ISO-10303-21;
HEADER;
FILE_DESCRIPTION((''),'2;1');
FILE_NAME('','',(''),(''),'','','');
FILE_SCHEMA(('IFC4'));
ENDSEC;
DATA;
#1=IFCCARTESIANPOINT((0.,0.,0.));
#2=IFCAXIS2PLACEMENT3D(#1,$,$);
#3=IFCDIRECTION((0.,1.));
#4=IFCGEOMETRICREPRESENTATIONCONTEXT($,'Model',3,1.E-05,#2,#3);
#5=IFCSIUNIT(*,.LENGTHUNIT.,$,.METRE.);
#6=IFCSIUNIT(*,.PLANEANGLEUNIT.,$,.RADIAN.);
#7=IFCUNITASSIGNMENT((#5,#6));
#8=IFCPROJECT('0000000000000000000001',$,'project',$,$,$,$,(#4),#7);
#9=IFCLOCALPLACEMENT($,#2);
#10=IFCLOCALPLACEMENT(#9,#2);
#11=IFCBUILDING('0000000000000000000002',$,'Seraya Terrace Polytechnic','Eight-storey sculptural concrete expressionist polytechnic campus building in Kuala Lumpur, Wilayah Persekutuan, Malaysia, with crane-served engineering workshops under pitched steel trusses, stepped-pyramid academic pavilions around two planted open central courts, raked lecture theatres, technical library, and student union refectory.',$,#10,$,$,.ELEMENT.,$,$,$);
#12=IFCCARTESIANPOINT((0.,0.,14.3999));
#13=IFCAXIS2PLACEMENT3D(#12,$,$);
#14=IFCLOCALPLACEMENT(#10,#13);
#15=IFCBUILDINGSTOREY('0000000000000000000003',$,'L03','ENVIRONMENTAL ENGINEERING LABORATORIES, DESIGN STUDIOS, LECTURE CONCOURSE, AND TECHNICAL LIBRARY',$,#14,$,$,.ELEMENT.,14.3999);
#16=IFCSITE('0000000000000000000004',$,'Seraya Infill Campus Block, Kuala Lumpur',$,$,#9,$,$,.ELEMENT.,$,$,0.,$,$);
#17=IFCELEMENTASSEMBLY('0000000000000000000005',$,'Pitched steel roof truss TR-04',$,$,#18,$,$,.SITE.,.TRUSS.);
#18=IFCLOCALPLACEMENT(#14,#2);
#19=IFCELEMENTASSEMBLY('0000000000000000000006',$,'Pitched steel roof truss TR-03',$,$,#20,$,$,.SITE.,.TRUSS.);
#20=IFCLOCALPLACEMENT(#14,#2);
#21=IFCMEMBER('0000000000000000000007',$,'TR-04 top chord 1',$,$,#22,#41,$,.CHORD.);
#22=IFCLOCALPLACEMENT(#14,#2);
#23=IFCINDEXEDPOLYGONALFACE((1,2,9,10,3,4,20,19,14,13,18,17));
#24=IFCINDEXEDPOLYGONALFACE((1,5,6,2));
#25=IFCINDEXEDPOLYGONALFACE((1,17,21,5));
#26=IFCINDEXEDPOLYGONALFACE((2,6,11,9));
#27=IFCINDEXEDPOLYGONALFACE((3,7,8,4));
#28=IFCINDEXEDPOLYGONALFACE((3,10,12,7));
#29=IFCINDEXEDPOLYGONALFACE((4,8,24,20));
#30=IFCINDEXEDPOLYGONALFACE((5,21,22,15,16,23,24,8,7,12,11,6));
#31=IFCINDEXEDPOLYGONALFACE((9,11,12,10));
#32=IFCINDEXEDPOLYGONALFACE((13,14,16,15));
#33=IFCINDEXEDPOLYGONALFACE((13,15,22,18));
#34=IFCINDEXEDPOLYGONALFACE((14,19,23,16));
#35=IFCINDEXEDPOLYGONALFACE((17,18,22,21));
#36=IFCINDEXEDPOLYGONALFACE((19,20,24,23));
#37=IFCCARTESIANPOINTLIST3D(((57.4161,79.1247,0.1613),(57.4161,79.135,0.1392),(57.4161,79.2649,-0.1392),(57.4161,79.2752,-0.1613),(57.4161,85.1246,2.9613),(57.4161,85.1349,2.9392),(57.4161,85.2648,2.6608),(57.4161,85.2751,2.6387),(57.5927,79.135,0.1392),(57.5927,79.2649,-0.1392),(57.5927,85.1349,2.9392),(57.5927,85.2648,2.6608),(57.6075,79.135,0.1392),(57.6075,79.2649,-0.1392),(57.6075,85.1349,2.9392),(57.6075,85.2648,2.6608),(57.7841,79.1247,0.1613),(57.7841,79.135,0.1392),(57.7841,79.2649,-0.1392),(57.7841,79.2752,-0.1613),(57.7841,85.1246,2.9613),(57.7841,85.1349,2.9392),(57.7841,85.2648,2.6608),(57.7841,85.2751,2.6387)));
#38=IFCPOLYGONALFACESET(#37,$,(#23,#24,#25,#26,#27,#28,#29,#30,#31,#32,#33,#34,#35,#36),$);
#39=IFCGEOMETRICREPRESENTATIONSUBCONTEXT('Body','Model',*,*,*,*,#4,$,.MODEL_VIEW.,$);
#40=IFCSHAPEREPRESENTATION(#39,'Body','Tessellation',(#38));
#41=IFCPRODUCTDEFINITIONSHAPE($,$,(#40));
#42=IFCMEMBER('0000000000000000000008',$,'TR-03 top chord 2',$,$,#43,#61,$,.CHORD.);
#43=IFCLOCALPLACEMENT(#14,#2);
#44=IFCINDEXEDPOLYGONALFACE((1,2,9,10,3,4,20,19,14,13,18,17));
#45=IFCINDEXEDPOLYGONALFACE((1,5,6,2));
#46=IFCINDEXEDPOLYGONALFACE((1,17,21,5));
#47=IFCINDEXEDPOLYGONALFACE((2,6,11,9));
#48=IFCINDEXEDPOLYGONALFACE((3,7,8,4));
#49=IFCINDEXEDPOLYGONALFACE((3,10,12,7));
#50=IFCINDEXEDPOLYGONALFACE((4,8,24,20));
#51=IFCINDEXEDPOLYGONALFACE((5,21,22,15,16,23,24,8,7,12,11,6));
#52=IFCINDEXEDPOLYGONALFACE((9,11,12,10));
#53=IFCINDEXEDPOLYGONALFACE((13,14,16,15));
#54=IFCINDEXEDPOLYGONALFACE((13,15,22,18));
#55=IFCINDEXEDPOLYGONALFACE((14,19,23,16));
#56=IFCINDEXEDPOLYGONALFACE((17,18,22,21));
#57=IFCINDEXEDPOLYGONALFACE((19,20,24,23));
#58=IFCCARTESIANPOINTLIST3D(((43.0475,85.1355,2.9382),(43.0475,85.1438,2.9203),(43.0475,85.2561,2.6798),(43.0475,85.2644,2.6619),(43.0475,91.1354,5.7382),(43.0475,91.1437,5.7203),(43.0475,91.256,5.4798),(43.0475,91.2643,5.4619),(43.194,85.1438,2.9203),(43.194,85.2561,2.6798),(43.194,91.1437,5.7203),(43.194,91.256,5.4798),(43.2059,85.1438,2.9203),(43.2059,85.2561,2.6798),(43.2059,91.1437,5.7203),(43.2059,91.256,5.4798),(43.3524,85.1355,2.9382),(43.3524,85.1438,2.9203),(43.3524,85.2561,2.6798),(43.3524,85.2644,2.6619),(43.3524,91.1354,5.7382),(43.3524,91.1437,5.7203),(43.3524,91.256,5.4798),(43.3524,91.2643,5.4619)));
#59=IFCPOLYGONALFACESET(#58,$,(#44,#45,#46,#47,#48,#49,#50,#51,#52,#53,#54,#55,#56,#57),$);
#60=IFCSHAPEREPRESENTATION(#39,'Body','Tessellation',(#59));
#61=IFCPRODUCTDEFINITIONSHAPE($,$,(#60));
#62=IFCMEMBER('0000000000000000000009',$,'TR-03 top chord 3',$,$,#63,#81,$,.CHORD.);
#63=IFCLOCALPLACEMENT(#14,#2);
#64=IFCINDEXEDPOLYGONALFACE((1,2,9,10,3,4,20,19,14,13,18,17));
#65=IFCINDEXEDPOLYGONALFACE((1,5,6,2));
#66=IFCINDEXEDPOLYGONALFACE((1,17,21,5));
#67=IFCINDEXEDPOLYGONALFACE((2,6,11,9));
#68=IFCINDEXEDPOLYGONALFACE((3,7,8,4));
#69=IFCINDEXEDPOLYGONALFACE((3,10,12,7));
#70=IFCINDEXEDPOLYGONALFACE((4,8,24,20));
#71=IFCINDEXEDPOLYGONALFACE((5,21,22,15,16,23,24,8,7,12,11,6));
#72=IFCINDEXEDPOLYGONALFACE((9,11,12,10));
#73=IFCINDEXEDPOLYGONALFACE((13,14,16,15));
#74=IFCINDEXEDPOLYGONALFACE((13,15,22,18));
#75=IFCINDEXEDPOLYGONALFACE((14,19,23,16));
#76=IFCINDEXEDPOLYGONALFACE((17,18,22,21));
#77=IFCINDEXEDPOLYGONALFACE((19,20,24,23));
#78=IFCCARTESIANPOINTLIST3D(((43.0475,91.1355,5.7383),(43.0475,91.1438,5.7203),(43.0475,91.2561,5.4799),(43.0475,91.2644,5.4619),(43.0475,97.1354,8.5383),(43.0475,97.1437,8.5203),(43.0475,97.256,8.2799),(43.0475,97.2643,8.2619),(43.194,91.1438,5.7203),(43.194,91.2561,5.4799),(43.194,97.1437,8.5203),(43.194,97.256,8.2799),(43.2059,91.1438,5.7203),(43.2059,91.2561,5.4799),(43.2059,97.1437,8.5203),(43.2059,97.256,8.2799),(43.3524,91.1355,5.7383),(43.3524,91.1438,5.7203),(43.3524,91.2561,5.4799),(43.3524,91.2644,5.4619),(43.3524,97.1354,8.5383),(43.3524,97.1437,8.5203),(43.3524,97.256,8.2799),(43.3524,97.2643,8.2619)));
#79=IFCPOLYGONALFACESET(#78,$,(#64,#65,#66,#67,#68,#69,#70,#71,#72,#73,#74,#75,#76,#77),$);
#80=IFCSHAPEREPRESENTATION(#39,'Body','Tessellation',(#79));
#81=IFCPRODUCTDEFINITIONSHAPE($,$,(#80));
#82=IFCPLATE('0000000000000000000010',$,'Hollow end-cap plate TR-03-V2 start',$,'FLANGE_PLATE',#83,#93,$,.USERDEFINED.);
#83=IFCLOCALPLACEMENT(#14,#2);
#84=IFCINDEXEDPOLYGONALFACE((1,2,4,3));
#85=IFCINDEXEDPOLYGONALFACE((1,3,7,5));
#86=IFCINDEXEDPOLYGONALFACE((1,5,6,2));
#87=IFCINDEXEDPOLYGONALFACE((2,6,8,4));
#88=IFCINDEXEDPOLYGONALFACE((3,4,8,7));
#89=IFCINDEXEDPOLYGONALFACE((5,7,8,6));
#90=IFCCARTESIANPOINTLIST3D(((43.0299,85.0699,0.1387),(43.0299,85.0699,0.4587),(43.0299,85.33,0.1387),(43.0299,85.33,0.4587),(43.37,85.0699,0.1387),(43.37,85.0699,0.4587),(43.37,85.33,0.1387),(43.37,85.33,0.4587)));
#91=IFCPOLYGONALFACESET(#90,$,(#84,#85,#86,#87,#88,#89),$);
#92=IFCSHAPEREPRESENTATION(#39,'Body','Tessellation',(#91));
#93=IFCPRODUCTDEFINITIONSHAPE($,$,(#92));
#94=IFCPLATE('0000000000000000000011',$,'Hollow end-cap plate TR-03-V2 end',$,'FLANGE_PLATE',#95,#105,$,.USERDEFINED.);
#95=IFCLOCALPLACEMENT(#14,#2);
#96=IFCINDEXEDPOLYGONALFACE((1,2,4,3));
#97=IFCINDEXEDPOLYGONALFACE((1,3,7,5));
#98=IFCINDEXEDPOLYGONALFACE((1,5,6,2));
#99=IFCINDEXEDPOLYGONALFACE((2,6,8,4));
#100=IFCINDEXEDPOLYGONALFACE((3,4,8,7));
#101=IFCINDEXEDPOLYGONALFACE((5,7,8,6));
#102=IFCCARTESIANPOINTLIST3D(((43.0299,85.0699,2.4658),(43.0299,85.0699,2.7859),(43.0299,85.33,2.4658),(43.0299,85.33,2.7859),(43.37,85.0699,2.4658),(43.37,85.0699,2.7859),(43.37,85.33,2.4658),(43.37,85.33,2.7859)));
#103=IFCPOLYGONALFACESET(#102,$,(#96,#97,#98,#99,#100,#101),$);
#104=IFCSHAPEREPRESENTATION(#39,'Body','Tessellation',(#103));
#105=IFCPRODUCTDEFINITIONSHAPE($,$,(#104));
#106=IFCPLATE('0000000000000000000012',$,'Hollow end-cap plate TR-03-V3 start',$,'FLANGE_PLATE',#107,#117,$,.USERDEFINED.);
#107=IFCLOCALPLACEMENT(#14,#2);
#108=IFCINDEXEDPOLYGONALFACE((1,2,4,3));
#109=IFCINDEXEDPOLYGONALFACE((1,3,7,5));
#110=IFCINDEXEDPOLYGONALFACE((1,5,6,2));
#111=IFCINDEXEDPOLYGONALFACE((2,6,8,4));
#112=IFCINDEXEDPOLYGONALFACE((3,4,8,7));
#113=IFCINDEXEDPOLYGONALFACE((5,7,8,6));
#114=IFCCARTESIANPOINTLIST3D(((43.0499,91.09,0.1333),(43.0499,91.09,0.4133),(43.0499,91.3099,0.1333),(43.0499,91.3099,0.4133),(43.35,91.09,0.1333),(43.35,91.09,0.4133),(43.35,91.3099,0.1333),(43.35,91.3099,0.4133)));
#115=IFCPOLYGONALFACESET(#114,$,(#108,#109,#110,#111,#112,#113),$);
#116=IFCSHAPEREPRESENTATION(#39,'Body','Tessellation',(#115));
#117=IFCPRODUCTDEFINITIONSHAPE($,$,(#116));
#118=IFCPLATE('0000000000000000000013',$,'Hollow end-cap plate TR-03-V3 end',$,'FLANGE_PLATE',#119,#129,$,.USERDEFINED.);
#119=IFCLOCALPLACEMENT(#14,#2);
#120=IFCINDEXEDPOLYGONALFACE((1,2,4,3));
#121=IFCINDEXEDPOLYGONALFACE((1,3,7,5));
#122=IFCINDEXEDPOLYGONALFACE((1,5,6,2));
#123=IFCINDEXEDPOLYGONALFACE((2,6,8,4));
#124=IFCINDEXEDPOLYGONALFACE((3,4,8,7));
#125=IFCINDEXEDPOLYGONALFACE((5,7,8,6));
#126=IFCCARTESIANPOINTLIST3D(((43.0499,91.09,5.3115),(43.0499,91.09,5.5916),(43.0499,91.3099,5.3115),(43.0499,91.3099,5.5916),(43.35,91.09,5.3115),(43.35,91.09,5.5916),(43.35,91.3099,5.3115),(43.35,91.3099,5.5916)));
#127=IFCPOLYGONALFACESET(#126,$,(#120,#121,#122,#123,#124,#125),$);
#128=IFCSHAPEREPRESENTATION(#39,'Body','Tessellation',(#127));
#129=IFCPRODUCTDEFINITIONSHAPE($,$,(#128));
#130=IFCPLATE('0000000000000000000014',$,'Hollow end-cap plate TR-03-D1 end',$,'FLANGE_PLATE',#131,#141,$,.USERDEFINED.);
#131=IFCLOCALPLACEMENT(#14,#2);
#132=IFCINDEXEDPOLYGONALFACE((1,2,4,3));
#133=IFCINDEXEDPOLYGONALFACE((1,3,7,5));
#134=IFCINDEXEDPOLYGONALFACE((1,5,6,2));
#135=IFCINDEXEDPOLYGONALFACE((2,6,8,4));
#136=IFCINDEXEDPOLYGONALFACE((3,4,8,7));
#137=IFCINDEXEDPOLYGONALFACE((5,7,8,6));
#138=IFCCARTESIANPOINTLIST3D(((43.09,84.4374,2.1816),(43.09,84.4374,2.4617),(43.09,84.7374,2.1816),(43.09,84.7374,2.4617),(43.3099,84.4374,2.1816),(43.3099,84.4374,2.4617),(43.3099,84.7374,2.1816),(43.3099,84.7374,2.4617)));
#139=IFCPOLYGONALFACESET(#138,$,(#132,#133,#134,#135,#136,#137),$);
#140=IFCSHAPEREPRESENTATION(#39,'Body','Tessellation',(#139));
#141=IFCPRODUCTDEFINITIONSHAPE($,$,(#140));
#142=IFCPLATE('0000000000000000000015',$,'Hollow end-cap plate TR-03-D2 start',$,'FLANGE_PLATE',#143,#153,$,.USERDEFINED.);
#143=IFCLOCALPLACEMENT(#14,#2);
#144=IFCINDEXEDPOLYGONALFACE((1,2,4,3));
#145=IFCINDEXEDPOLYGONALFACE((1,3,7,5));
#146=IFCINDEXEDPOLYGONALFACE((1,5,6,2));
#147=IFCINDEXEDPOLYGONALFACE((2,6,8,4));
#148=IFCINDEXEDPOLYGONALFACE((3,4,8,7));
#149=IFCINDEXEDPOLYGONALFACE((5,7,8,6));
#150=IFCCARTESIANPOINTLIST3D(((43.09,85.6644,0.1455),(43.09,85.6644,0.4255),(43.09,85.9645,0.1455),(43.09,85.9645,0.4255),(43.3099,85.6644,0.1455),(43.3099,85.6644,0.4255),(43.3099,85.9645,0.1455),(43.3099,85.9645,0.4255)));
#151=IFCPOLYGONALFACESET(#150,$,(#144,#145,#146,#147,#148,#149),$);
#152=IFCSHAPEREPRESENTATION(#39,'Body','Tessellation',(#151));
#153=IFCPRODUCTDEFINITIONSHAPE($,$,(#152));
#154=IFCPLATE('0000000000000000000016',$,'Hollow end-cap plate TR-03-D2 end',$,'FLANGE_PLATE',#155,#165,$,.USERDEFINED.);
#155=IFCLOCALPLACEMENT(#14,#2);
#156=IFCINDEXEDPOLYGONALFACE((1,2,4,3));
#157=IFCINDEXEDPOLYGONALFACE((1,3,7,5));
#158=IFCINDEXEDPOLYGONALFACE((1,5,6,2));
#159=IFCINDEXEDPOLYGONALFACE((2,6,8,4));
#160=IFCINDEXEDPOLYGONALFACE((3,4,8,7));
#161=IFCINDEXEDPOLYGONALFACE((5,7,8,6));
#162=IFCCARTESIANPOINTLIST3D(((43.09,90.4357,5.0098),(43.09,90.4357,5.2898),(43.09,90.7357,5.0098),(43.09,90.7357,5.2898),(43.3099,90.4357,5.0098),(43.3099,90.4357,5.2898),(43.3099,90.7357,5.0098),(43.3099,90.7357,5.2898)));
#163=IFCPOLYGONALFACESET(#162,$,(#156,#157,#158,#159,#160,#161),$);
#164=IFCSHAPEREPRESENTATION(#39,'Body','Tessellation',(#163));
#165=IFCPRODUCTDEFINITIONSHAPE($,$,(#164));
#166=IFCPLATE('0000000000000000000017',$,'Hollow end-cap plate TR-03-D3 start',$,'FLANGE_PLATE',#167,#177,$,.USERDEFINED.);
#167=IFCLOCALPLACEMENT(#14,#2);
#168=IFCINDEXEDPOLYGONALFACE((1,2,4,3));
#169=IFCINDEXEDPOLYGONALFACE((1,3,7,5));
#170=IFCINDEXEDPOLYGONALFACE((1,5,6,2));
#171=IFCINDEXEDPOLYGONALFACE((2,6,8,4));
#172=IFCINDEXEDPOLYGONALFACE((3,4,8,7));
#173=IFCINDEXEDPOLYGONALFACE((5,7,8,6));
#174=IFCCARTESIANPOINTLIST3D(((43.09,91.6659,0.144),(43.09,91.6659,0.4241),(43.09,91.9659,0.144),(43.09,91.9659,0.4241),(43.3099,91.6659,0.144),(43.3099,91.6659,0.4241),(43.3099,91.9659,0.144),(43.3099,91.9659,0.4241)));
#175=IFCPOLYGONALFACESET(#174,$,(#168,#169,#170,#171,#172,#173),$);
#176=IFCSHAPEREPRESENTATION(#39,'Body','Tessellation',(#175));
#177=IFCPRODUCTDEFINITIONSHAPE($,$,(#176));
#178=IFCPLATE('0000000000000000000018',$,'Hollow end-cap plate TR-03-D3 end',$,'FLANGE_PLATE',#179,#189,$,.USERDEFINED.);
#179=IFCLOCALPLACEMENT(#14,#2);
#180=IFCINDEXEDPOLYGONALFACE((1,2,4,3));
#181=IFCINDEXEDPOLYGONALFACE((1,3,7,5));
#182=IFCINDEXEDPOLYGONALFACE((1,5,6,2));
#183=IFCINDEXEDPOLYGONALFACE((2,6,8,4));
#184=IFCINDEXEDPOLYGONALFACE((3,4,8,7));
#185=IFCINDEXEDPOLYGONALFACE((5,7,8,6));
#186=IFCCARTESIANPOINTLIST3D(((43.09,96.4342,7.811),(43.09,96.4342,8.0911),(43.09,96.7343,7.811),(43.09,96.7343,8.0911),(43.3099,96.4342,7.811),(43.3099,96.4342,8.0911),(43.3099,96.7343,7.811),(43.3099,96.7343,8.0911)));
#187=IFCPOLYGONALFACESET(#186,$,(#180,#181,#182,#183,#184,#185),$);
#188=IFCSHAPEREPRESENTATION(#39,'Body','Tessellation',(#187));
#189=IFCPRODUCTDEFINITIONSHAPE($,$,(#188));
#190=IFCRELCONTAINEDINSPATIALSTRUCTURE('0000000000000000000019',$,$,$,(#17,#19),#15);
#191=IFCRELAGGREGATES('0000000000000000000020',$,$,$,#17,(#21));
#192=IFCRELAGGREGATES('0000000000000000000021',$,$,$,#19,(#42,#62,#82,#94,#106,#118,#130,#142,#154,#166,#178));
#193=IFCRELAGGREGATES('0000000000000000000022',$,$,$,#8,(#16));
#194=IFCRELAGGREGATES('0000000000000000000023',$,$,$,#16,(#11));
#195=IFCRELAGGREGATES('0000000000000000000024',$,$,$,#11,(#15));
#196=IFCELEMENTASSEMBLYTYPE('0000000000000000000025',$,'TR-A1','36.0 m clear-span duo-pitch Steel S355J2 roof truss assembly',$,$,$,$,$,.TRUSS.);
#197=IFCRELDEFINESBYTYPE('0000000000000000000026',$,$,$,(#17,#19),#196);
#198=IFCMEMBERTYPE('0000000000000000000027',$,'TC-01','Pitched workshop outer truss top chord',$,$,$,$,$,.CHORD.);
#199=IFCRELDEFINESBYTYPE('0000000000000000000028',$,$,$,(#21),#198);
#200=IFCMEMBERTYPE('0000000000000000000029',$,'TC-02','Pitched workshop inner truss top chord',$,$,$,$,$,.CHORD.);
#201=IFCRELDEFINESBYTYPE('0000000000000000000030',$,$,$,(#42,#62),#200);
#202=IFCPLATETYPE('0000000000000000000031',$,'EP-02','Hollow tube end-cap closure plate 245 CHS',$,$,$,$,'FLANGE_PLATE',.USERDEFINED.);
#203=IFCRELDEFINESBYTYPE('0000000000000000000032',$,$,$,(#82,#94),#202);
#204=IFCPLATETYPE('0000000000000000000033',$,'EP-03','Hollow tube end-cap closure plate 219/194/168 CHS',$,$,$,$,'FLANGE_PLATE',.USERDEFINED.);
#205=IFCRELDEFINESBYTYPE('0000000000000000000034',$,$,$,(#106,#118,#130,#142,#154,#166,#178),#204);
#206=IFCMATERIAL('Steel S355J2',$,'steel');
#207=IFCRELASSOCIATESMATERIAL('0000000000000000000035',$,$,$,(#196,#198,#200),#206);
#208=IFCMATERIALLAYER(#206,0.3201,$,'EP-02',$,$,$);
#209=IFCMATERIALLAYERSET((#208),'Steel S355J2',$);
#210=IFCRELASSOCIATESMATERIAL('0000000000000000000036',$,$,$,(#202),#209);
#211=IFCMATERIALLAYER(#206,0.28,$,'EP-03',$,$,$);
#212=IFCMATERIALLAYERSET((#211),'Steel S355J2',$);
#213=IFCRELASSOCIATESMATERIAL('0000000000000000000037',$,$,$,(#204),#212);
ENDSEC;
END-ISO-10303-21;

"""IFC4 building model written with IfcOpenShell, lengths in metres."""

from ifc_helpers import new_model, si_unit, direction, frame, origin, origin_2d, place, context, subcontext, project, spatial, rectangle, i_section, extrude, material, layer, layer_set, material_profile, profile_set, type_object, element, aggregate, save


model = new_model("IFC4")

# Units and contexts
model_context = context("Model", 3, precision=1e-05, world=origin(), true_north=direction((0.0, 1.0)))
body_context = subcontext(model_context, "Body", "Model", "MODEL_VIEW")
ifc_project = project(units=[si_unit("LENGTHUNIT", "METRE"), si_unit("PLANEANGLEUNIT", "RADIAN")], contexts=[model_context])

# Site, building, storey
site_placement = place(None, origin())
site = spatial("IfcSite", under=ifc_project, at=site_placement, Name="Seraya Infill Campus Block, Kuala Lumpur", CompositionType="ELEMENT", RefElevation=0.0)
building_placement = place(site_placement, origin())
building = spatial("IfcBuilding", under=site, at=building_placement, Name="Seraya Terrace Polytechnic", Description="Eight-storey sculptural concrete expressionist polytechnic campus building in Kuala Lumpur, Wilayah Persekutuan, Malaysia, with crane-served engineering workshops under pitched steel trusses, stepped-pyramid academic pavilions around two planted open central courts, raked lecture theatres, technical library, and student union refectory.", CompositionType="ELEMENT")
storey_placement = place(building_placement, frame((0.0, 0.0, 14.3999)))
storey = spatial("IfcBuildingStorey", under=building, at=storey_placement, Name="L03", Description="ENVIRONMENTAL ENGINEERING LABORATORIES, DESIGN STUDIOS, LECTURE CONCOURSE, AND TECHNICAL LIBRARY", CompositionType="ELEMENT", Elevation=14.3999)

# Element assembly
ifc_material_1 = material(Name="Steel S355J2", Category="steel")
element_assembly_type = type_object("IfcElementAssemblyType", Name="TR-A1", Description="36.0 m clear-span duo-pitch Steel S355J2 roof truss assembly", PredefinedType="TRUSS", material=ifc_material_1)
assembly_1_placement = place(storey_placement, origin())
assembly_1 = element("IfcElementAssembly", 1, at=assembly_1_placement, inside=storey, type_object=element_assembly_type, Name="Pitched steel roof truss TR-04", AssemblyPlace="SITE", PredefinedType="TRUSS")

# Element assembly
assembly_2_placement = place(storey_placement, origin())
assembly_2 = element("IfcElementAssembly", 2, at=assembly_2_placement, inside=storey, type_object=element_assembly_type, Name="Pitched steel roof truss TR-03", AssemblyPlace="SITE", PredefinedType="TRUSS")

# Members
ifc_material_profile_1 = material_profile(ifc_material_1, i_section(OverallWidth=0.3679, OverallDepth=0.356, WebThickness=0.0149, FlangeThickness=0.0244, at=origin_2d()), Name="UKC 356x368x15.0x24.4")
ifc_profile_set_1 = profile_set([ifc_material_profile_1], Name="Steel S355J2")
member_type_1 = type_object("IfcMemberType", Name="TC-01", Description="Pitched workshop outer truss top chord", PredefinedType="CHORD", material=ifc_profile_set_1)
member_1_placement = place(storey_placement, frame((57.6001, 79.2, 0.0), z_axis=(0.0, 0.90618, 0.422892), x_axis=(-1.0, 0.0, 0.0)))
member_1 = element("IfcMember", 3, at=member_1_placement, type_object=member_type_1, Name="TR-04 top chord 1", PredefinedType="CHORD", context=body_context, shape_type="SweptSolid", body=[
    extrude(i_section(OverallWidth=0.3679, OverallDepth=0.356, WebThickness=0.0149, FlangeThickness=0.0244, at=origin_2d()), origin(), (0.0, 0.0, 1.0), 6.6211),
])
ifc_material_profile_2 = material_profile(ifc_material_1, i_section(OverallWidth=0.3049, OverallDepth=0.3049, WebThickness=0.012, FlangeThickness=0.0198, at=origin_2d()), Name="UKC 305x305x12.0x19.7")
ifc_profile_set_2 = profile_set([ifc_material_profile_2], Name="Steel S355J2")
member_type_2 = type_object("IfcMemberType", Name="TC-02", Description="Pitched workshop inner truss top chord", PredefinedType="CHORD", material=ifc_profile_set_2)
member_2_placement = place(storey_placement, frame((43.2, 85.2, 2.8), z_axis=(0.0, 0.90618, 0.422892), x_axis=(-1.0, 0.0, 0.0)))
member_2 = element("IfcMember", 4, at=member_2_placement, type_object=member_type_2, Name="TR-03 top chord 2", PredefinedType="CHORD", context=body_context, shape_type="SweptSolid", body=[
    extrude(i_section(OverallWidth=0.3049, OverallDepth=0.3049, WebThickness=0.012, FlangeThickness=0.0198, at=origin_2d()), origin(), (0.0, 0.0, 1.0), 6.6211),
])
member_3_placement = place(storey_placement, frame((43.2, 91.2, 5.6001), z_axis=(0.0, 0.90618, 0.422892), x_axis=(-1.0, 0.0, 0.0)))
member_3 = element("IfcMember", 5, at=member_3_placement, type_object=member_type_2, Name="TR-03 top chord 3", PredefinedType="CHORD", context=body_context, shape_type="SweptSolid", body=[
    extrude(i_section(OverallWidth=0.3049, OverallDepth=0.3049, WebThickness=0.012, FlangeThickness=0.0198, at=origin_2d()), origin(), (0.0, 0.0, 1.0), 6.6211),
])

# Plates
ifc_layer_1 = layer(ifc_material_1, 0.3201, Name="EP-02")
ifc_layer_set_1 = layer_set([ifc_layer_1], Name="Steel S355J2")
plate_type_1 = type_object("IfcPlateType", Name="EP-02", Description="Hollow tube end-cap closure plate 245 CHS", ElementType="FLANGE_PLATE", PredefinedType="USERDEFINED", material=ifc_layer_set_1)
plate_1_placement = place(storey_placement, frame((43.2, 85.2, 0.1387), z_axis=(0.0, 0.0, 1.0), x_axis=(1.0, 0.0, 0.0)))
plate_1 = element("IfcPlate", 6, at=plate_1_placement, type_object=plate_type_1, Name="Hollow end-cap plate TR-03-V2 start", ObjectType="FLANGE_PLATE", PredefinedType="USERDEFINED", context=body_context, shape_type="SweptSolid", body=[
    extrude(rectangle(XDim=0.3401, YDim=0.26, at=origin_2d()), origin(), (0.0, 0.0, 1.0), 0.3201),
])
plate_2_placement = place(storey_placement, frame((43.2, 85.2, 2.4658), z_axis=(0.0, 0.0, 1.0), x_axis=(1.0, 0.0, 0.0)))
plate_2 = element("IfcPlate", 7, at=plate_2_placement, type_object=plate_type_1, Name="Hollow end-cap plate TR-03-V2 end", ObjectType="FLANGE_PLATE", PredefinedType="USERDEFINED", context=body_context, shape_type="SweptSolid", body=[
    extrude(rectangle(XDim=0.3401, YDim=0.26, at=origin_2d()), origin(), (0.0, 0.0, 1.0), 0.3201),
])
ifc_layer_2 = layer(ifc_material_1, 0.28, Name="EP-03")
ifc_layer_set_2 = layer_set([ifc_layer_2], Name="Steel S355J2")
plate_type_2 = type_object("IfcPlateType", Name="EP-03", Description="Hollow tube end-cap closure plate 219/194/168 CHS", ElementType="FLANGE_PLATE", PredefinedType="USERDEFINED", material=ifc_layer_set_2)
plate_3_placement = place(storey_placement, frame((43.2, 91.2, 0.1333), z_axis=(0.0, 0.0, 1.0), x_axis=(1.0, 0.0, 0.0)))
plate_3 = element("IfcPlate", 8, at=plate_3_placement, type_object=plate_type_2, Name="Hollow end-cap plate TR-03-V3 start", ObjectType="FLANGE_PLATE", PredefinedType="USERDEFINED", context=body_context, shape_type="SweptSolid", body=[
    extrude(rectangle(XDim=0.3, YDim=0.22, at=origin_2d()), origin(), (0.0, 0.0, 1.0), 0.28),
])
plate_4_placement = place(storey_placement, frame((43.2, 91.2, 5.3115), z_axis=(0.0, 0.0, 1.0), x_axis=(1.0, 0.0, 0.0)))
plate_4 = element("IfcPlate", 9, at=plate_4_placement, type_object=plate_type_2, Name="Hollow end-cap plate TR-03-V3 end", ObjectType="FLANGE_PLATE", PredefinedType="USERDEFINED", context=body_context, shape_type="SweptSolid", body=[
    extrude(rectangle(XDim=0.3, YDim=0.22, at=origin_2d()), origin(), (0.0, 0.0, 1.0), 0.28),
])
plate_5_placement = place(storey_placement, frame((43.2, 84.5874, 2.1816), z_axis=(0.0, 0.0, 1.0), x_axis=(0.0, 1.0, 0.0)))
plate_5 = element("IfcPlate", 10, at=plate_5_placement, type_object=plate_type_2, Name="Hollow end-cap plate TR-03-D1 end", ObjectType="FLANGE_PLATE", PredefinedType="USERDEFINED", context=body_context, shape_type="SweptSolid", body=[
    extrude(rectangle(XDim=0.3, YDim=0.22, at=origin_2d()), origin(), (0.0, 0.0, 1.0), 0.28),
])
plate_6_placement = place(storey_placement, frame((43.2, 85.8145, 0.1455), z_axis=(0.0, 0.0, 1.0), x_axis=(0.0, 1.0, 0.0)))
plate_6 = element("IfcPlate", 11, at=plate_6_placement, type_object=plate_type_2, Name="Hollow end-cap plate TR-03-D2 start", ObjectType="FLANGE_PLATE", PredefinedType="USERDEFINED", context=body_context, shape_type="SweptSolid", body=[
    extrude(rectangle(XDim=0.3, YDim=0.22, at=origin_2d()), origin(), (0.0, 0.0, 1.0), 0.28),
])
plate_7_placement = place(storey_placement, frame((43.2, 90.5857, 5.0098), z_axis=(0.0, 0.0, 1.0), x_axis=(0.0, 1.0, 0.0)))
plate_7 = element("IfcPlate", 12, at=plate_7_placement, type_object=plate_type_2, Name="Hollow end-cap plate TR-03-D2 end", ObjectType="FLANGE_PLATE", PredefinedType="USERDEFINED", context=body_context, shape_type="SweptSolid", body=[
    extrude(rectangle(XDim=0.3, YDim=0.22, at=origin_2d()), origin(), (0.0, 0.0, 1.0), 0.28),
])
plate_8_placement = place(storey_placement, frame((43.2, 91.8159, 0.144), z_axis=(0.0, 0.0, 1.0), x_axis=(0.0, 1.0, 0.0)))
plate_8 = element("IfcPlate", 13, at=plate_8_placement, type_object=plate_type_2, Name="Hollow end-cap plate TR-03-D3 start", ObjectType="FLANGE_PLATE", PredefinedType="USERDEFINED", context=body_context, shape_type="SweptSolid", body=[
    extrude(rectangle(XDim=0.3, YDim=0.22, at=origin_2d()), origin(), (0.0, 0.0, 1.0), 0.28),
])
plate_9_placement = place(storey_placement, frame((43.2, 96.5842, 7.811), z_axis=(0.0, 0.0, 1.0), x_axis=(0.0, 1.0, 0.0)))
plate_9 = element("IfcPlate", 14, at=plate_9_placement, type_object=plate_type_2, Name="Hollow end-cap plate TR-03-D3 end", ObjectType="FLANGE_PLATE", PredefinedType="USERDEFINED", context=body_context, shape_type="SweptSolid", body=[
    extrude(rectangle(XDim=0.3, YDim=0.22, at=origin_2d()), origin(), (0.0, 0.0, 1.0), 0.28),
])
aggregate(assembly_1, [member_1])
aggregate(assembly_2, [member_2, member_3, plate_1, plate_2, plate_3, plate_4, plate_5, plate_6, plate_7, plate_8, plate_9])

save(model, "model.ifc")
